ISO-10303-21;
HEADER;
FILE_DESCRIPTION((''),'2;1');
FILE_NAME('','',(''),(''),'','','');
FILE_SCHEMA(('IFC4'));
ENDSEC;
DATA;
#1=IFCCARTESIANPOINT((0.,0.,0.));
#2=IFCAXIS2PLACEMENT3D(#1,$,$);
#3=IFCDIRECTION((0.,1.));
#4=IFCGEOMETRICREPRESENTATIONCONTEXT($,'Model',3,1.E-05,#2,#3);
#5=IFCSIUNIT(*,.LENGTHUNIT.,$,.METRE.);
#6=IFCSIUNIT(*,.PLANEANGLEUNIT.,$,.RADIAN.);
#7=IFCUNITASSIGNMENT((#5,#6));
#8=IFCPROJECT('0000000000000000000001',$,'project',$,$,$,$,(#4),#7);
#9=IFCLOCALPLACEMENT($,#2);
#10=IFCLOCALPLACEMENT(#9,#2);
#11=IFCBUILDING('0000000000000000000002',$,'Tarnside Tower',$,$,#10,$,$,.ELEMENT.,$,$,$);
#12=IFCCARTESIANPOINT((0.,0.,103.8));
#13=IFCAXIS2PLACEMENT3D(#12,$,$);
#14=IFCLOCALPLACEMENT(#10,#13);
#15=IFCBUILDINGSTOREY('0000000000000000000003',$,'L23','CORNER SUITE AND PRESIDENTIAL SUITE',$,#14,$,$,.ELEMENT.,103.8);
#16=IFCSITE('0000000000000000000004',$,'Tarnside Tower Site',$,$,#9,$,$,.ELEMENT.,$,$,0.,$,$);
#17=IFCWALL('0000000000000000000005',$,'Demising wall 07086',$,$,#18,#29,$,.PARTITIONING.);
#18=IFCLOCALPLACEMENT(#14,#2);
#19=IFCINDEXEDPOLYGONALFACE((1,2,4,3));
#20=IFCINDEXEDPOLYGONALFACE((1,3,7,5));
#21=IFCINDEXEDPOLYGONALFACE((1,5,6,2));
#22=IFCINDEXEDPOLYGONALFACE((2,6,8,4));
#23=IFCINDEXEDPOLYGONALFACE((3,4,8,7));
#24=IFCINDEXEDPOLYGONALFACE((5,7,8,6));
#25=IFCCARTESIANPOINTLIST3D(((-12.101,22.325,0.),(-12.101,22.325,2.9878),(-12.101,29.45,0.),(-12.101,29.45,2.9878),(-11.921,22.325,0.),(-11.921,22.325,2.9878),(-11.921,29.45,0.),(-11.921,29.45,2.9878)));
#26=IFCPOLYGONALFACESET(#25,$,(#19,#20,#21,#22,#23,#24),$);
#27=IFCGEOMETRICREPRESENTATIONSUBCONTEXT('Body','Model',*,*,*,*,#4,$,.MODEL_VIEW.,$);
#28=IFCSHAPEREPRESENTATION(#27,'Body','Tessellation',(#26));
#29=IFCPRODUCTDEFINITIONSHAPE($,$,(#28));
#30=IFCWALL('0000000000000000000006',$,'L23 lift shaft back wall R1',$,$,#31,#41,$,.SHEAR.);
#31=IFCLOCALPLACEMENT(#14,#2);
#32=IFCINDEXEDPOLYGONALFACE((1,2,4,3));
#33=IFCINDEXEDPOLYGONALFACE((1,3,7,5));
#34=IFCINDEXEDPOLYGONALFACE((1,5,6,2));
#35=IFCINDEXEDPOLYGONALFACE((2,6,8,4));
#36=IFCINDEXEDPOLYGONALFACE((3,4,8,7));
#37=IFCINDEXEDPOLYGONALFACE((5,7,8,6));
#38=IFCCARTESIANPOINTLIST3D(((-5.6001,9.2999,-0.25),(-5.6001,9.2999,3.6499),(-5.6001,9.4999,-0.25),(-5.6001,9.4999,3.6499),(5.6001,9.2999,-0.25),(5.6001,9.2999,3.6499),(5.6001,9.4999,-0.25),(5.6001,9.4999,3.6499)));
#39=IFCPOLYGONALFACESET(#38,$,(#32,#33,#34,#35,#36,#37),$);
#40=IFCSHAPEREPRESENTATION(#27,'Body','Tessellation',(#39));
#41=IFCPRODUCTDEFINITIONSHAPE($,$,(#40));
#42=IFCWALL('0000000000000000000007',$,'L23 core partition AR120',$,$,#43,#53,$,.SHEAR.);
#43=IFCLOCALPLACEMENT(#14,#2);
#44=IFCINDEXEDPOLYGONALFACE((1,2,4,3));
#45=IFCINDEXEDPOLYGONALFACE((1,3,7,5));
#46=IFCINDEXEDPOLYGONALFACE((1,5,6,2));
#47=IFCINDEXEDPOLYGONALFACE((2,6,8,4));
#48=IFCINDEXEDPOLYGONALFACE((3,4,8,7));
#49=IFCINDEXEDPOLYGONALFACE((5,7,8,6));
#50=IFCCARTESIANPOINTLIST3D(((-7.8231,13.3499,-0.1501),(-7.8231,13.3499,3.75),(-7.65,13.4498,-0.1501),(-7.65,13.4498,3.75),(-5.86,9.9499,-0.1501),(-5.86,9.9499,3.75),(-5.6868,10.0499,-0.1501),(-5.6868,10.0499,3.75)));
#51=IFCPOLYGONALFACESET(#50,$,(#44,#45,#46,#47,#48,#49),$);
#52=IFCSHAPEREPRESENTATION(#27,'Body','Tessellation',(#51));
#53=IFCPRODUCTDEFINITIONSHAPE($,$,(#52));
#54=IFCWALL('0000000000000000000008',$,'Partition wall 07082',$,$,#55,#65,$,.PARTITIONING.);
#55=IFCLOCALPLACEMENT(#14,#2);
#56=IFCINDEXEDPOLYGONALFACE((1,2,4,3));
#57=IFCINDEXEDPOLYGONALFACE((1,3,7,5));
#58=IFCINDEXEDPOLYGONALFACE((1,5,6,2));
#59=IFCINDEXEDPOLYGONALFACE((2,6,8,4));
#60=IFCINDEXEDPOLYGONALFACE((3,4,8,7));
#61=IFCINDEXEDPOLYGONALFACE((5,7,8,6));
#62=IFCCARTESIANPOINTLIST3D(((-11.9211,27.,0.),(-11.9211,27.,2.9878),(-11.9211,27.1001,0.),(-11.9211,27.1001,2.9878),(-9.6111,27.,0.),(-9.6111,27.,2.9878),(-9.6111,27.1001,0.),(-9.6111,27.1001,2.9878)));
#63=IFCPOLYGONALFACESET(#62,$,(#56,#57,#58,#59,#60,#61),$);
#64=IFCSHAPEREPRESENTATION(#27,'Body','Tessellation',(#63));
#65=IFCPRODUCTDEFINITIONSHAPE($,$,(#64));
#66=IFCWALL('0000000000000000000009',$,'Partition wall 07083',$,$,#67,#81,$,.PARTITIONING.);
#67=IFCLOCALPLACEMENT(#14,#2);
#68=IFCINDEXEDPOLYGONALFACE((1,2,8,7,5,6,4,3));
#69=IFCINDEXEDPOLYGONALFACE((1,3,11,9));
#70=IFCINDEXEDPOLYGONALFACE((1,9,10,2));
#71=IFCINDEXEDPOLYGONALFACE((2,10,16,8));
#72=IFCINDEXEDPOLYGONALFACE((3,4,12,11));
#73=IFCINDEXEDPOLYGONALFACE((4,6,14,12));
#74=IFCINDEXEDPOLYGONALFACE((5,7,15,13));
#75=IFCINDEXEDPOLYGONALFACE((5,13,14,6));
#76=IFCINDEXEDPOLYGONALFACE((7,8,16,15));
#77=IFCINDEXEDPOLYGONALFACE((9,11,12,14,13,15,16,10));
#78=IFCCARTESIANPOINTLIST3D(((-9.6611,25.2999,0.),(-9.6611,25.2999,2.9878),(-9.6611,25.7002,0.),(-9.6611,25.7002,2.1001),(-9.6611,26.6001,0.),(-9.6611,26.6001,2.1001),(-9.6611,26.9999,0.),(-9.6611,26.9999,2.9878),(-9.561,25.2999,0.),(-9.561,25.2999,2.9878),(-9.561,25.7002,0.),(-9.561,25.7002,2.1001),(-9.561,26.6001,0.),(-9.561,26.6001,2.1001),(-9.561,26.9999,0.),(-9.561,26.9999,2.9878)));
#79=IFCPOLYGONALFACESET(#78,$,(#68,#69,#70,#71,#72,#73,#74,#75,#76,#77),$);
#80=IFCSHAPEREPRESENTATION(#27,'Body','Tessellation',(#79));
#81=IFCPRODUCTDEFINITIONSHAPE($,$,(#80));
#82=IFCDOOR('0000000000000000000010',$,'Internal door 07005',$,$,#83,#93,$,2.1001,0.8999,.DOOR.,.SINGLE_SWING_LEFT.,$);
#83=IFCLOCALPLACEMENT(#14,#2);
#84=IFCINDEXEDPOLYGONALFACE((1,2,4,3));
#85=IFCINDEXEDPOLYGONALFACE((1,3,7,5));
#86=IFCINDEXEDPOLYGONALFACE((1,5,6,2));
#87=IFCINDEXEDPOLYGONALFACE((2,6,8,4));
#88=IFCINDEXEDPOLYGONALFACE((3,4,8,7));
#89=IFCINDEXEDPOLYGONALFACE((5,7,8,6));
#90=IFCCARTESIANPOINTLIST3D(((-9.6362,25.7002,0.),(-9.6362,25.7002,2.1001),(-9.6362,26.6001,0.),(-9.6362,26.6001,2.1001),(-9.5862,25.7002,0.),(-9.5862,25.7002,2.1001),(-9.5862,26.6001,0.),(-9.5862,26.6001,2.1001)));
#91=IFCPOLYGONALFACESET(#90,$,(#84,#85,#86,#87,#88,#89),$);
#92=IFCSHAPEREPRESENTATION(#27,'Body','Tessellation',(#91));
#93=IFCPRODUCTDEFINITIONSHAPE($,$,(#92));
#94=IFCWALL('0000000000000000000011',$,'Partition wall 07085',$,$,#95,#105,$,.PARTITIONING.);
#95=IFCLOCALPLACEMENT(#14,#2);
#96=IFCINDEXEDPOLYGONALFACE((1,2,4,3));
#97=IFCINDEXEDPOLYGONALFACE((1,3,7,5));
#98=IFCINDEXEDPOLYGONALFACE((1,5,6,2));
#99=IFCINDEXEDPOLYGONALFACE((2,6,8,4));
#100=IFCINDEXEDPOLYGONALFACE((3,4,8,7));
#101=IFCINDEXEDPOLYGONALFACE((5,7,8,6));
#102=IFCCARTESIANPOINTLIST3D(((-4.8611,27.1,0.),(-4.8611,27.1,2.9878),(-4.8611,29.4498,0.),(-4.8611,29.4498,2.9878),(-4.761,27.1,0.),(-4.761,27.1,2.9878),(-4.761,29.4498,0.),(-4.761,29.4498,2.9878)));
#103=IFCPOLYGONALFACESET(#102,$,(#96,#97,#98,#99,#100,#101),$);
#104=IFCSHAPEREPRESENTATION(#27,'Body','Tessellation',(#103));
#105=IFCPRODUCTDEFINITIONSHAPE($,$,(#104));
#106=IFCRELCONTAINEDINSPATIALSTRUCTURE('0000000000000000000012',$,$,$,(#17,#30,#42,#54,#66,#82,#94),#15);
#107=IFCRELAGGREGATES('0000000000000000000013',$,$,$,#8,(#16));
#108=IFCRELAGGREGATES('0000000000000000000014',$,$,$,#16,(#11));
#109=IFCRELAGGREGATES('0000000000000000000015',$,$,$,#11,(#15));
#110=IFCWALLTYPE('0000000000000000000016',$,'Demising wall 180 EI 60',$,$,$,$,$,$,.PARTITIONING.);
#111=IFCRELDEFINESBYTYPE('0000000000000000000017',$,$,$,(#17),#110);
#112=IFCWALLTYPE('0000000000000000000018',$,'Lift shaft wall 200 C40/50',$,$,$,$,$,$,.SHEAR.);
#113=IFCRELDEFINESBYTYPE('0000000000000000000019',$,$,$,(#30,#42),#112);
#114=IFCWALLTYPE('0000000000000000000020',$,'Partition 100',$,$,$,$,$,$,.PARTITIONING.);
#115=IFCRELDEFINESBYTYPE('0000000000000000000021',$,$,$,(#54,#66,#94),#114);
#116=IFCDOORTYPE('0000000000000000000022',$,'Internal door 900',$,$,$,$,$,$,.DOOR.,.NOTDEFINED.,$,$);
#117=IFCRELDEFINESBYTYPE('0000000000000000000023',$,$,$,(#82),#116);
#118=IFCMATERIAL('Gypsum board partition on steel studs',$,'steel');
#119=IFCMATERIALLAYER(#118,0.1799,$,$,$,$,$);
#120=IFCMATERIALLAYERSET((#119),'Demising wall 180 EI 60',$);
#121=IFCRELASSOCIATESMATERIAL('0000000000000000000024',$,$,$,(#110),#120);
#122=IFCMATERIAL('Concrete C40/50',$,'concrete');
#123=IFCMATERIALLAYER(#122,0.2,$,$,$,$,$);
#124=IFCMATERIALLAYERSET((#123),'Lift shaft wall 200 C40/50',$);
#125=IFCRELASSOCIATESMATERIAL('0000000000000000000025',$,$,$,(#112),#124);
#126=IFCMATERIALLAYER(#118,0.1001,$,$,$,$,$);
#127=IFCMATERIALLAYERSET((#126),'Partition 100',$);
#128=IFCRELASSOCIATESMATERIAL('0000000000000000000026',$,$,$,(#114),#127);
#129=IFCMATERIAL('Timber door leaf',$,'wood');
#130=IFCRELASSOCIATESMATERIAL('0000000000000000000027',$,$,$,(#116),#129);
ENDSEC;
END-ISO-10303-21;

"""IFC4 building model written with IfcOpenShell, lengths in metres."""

from ifc_helpers import new_model, si_unit, direction, frame, frame_2d, origin, place, context, subcontext, project, spatial, rectangle, extrude, material, layer, layer_set, type_object, element, fill, save


model = new_model("IFC4")

# Units and contexts
model_context = context("Model", 3, precision=1e-05, world=origin(), true_north=direction((0.0, 1.0)))
body_context = subcontext(model_context, "Body", "Model", "MODEL_VIEW")
ifc_project = project(units=[si_unit("LENGTHUNIT", "METRE"), si_unit("PLANEANGLEUNIT", "RADIAN")], contexts=[model_context])

# Site, building, storey
site_placement = place(None, origin())
site = spatial("IfcSite", under=ifc_project, at=site_placement, Name="Tarnside Tower Site", CompositionType="ELEMENT", RefElevation=0.0)
building_placement = place(site_placement, origin())
building = spatial("IfcBuilding", under=site, at=building_placement, Name="Tarnside Tower", CompositionType="ELEMENT")
storey_placement = place(building_placement, frame((0.0, 0.0, 103.8)))
storey = spatial("IfcBuildingStorey", under=building, at=storey_placement, Name="L23", Description="CORNER SUITE AND PRESIDENTIAL SUITE", CompositionType="ELEMENT", Elevation=103.8)

# Shared definitions
ifc_material_1 = material(Name="Gypsum board partition on steel studs", Category="steel")
ifc_material_2 = material(Name="Timber door leaf", Category="wood")

# Walls
ifc_layer_1 = layer(ifc_material_1, 0.1799)
ifc_layer_set_1 = layer_set([ifc_layer_1], Name="Demising wall 180 EI 60")
wall_type_1 = type_object("IfcWallType", Name="Demising wall 180 EI 60", PredefinedType="PARTITIONING", material=ifc_layer_set_1)
wall_1_placement = place(storey_placement, frame((-12.011, 29.45, 0.0), z_axis=(0.0, 0.0, 1.0), x_axis=(0.0, -1.0, 0.0)))
element("IfcWall", 1, at=wall_1_placement, inside=storey, type_object=wall_type_1, Name="Demising wall 07086", PredefinedType="PARTITIONING", context=body_context, shape_type="SweptSolid", body=[
    extrude(rectangle(XDim=7.125, YDim=0.1799, at=frame_2d((3.5625, 0.0))), origin(), (0.0, 0.0, 1.0), 2.9878),
])
ifc_material_3 = material(Name="Concrete C40/50", Category="concrete")
ifc_layer_2 = layer(ifc_material_3, 0.2)
ifc_layer_set_2 = layer_set([ifc_layer_2], Name="Lift shaft wall 200 C40/50")
wall_type_2 = type_object("IfcWallType", Name="Lift shaft wall 200 C40/50", PredefinedType="SHEAR", material=ifc_layer_set_2)
wall_2_placement = place(storey_placement, frame((-5.6001, 9.3999, -0.25), z_axis=(0.0, 0.0, 1.0), x_axis=(1.0, 0.0, 0.0)))
element("IfcWall", 2, at=wall_2_placement, inside=storey, type_object=wall_type_2, Name="L23 lift shaft back wall R1", PredefinedType="SHEAR", context=body_context, shape_type="SweptSolid", body=[
    extrude(rectangle(XDim=11.2002, YDim=0.2, at=frame_2d((5.6001, 0.0))), origin(), (0.0, 0.0, 1.0), 3.8999),
])
wall_3_placement = place(storey_placement, frame((-5.7734, 10.0, -0.1501), z_axis=(0.0, 0.0, 1.0), x_axis=(-0.500038, 0.866003, 0.0)))
element("IfcWall", 3, at=wall_3_placement, inside=storey, type_object=wall_type_2, Name="L23 core partition AR120", PredefinedType="SHEAR", context=body_context, shape_type="SweptSolid", body=[
    extrude(rectangle(XDim=3.926, YDim=0.2, at=frame_2d((1.9629, 0.0))), origin(), (0.0, 0.0, 1.0), 3.9001),
])
ifc_layer_3 = layer(ifc_material_1, 0.1001)
ifc_layer_set_3 = layer_set([ifc_layer_3], Name="Partition 100")
wall_type_3 = type_object("IfcWallType", Name="Partition 100", PredefinedType="PARTITIONING", material=ifc_layer_set_3)
wall_4_placement = place(storey_placement, frame((-11.9211, 27.05, 0.0), z_axis=(0.0, 0.0, 1.0), x_axis=(1.0, 0.0, 0.0)))
element("IfcWall", 4, at=wall_4_placement, inside=storey, type_object=wall_type_3, Name="Partition wall 07082", PredefinedType="PARTITIONING", context=body_context, shape_type="SweptSolid", body=[
    extrude(rectangle(XDim=2.3101, YDim=0.1001, at=frame_2d((1.155, 0.0))), origin(), (0.0, 0.0, 1.0), 2.9878),
])

# Wall, opening, door
wall_5_placement = place(storey_placement, frame((-9.6111, 27.0, 0.0), z_axis=(0.0, 0.0, 1.0), x_axis=(0.0, -1.0, 0.0)))
wall_5 = element("IfcWall", 5, at=wall_5_placement, inside=storey, type_object=wall_type_3, Name="Partition wall 07083", PredefinedType="PARTITIONING", context=body_context, shape_type="SweptSolid", body=[
    extrude(rectangle(XDim=1.7, YDim=0.1001, at=frame_2d((0.8501, 0.0))), origin(), (0.0, 0.0, 1.0), 2.9878),
])
opening_1_placement = place(wall_5_placement, frame((0.3999, 0.0, 0.0)))
opening_1 = element("IfcOpeningElement", 6, at=opening_1_placement, cuts=wall_5, PredefinedType="OPENING", context=body_context, shape_type="SweptSolid", body=[
    extrude(rectangle(XDim=0.8999, YDim=2.1001, at=frame_2d((0.45, 1.05))), frame((0.0, 0.0601, 0.0), z_axis=(0.0, -1.0, 0.0), x_axis=(1.0, 0.0, 0.0)), (0.0, 0.0, 1.0), 0.1201),
])
door_type_1 = type_object("IfcDoorType", Name="Internal door 900", OperationType="NOTDEFINED", PredefinedType="DOOR", material=ifc_material_2)
door_1_placement = place(opening_1_placement, origin())
door_1 = element("IfcDoor", 7, at=door_1_placement, inside=storey, type_object=door_type_1, Name="Internal door 07005", OperationType="SINGLE_SWING_LEFT", OverallHeight=2.1001, OverallWidth=0.8999, PredefinedType="DOOR", context=body_context, shape_type="SweptSolid", body=[
    extrude(rectangle(XDim=0.8999, YDim=2.1001, at=frame_2d((0.45, 1.05))), frame((0.0, 0.0249, 0.0), z_axis=(0.0, -1.0, 0.0), x_axis=(1.0, 0.0, 0.0)), (0.0, 0.0, 1.0), 0.05),
])
fill(opening_1, door_1)

# Wall
wall_6_placement = place(storey_placement, frame((-4.811, 27.1001, 0.0), z_axis=(0.0, 0.0, 1.0), x_axis=(0.0, 1.0, 0.0)))
element("IfcWall", 8, at=wall_6_placement, inside=storey, type_object=wall_type_3, Name="Partition wall 07085", PredefinedType="PARTITIONING", context=body_context, shape_type="SweptSolid", body=[
    extrude(rectangle(XDim=2.3499, YDim=0.1001, at=frame_2d((1.1748, 0.0))), origin(), (0.0, 0.0, 1.0), 2.9878),
])

save(model, "model.ifc")
